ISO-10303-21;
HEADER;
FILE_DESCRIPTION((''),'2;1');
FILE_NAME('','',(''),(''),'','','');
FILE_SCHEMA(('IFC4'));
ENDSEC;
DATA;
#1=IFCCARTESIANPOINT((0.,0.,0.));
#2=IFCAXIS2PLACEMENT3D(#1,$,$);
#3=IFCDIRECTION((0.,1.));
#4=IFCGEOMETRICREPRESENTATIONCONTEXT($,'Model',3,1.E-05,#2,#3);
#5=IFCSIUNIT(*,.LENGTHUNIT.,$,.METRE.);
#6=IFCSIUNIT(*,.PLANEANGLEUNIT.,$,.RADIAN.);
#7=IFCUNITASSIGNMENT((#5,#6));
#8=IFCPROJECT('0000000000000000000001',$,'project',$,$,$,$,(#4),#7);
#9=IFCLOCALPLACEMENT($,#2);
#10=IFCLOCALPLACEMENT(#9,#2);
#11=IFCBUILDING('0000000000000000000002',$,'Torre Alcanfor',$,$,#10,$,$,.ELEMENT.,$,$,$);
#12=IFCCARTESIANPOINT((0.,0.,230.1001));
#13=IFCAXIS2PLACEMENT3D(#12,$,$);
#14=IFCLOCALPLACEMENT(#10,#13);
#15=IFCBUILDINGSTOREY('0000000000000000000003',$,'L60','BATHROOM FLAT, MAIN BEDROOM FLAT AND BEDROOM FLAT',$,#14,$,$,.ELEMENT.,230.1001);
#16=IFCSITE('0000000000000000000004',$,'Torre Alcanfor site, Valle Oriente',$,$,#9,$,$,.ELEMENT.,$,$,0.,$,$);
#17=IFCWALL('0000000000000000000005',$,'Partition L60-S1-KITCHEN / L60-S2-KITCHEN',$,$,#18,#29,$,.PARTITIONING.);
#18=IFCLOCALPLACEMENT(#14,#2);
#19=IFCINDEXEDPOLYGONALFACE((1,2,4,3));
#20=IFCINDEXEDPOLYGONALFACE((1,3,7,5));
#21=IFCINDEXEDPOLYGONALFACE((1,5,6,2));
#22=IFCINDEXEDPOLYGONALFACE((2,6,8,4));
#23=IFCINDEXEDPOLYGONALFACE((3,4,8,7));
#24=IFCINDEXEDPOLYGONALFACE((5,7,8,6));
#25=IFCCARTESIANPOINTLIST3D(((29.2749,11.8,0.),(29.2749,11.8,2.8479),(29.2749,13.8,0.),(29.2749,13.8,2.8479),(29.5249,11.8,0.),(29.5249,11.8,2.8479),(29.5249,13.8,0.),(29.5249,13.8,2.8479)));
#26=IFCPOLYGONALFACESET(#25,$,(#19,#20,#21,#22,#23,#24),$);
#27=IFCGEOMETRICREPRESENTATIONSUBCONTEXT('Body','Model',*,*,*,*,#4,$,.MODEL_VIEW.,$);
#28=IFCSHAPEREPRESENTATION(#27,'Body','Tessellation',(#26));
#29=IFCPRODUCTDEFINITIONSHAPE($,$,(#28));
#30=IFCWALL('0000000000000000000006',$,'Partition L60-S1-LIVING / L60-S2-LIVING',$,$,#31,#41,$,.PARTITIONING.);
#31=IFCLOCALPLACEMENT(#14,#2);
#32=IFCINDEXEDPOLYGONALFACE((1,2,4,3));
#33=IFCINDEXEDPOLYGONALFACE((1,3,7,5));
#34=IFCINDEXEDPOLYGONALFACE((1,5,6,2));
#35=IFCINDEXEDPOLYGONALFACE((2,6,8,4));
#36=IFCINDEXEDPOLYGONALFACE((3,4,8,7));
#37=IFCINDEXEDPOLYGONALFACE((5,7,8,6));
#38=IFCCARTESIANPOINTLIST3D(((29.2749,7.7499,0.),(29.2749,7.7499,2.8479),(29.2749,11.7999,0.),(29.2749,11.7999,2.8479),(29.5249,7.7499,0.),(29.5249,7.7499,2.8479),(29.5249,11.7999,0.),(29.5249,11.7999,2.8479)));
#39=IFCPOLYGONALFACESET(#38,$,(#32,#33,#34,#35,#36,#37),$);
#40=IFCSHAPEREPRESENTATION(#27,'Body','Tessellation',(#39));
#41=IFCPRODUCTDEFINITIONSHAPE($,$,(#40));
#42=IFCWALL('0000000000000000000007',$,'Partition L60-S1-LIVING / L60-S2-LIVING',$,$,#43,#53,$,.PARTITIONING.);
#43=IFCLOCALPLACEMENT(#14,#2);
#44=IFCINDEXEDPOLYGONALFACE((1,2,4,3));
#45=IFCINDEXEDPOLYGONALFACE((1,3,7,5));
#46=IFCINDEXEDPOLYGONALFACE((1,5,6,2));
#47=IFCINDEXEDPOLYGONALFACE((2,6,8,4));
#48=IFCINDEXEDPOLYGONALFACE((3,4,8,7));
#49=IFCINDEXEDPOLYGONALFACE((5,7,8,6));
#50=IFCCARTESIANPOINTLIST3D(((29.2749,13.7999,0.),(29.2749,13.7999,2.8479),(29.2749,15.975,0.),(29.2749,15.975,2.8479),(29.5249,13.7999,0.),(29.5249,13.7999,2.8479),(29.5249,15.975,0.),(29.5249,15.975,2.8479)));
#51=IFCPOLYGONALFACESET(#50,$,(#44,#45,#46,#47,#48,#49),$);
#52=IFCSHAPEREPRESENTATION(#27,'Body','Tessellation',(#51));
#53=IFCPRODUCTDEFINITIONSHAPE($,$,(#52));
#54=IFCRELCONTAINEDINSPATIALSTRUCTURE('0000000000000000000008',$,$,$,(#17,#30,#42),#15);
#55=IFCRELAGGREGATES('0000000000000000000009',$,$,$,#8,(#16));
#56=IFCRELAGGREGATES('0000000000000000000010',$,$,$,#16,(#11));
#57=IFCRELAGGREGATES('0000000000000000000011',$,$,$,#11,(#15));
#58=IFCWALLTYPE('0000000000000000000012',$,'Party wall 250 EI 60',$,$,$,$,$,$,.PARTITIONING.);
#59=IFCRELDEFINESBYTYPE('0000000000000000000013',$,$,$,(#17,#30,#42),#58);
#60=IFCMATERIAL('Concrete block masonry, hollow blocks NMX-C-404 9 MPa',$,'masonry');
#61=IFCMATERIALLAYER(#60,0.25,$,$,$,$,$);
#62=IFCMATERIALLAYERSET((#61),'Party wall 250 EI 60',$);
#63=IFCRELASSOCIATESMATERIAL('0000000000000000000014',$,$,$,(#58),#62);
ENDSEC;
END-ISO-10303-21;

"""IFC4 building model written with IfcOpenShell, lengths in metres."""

from ifc_helpers import new_model, si_unit, direction, frame, frame_2d, origin, place, context, subcontext, project, spatial, rectangle, extrude, material, layer, layer_set, type_object, element, save


model = new_model("IFC4")

# Units and contexts
model_context = context("Model", 3, precision=1e-05, world=origin(), true_north=direction((0.0, 1.0)))
body_context = subcontext(model_context, "Body", "Model", "MODEL_VIEW")
ifc_project = project(units=[si_unit("LENGTHUNIT", "METRE"), si_unit("PLANEANGLEUNIT", "RADIAN")], contexts=[model_context])

# Site, building, storey
site_placement = place(None, origin())
site = spatial("IfcSite", under=ifc_project, at=site_placement, Name="Torre Alcanfor site, Valle Oriente", CompositionType="ELEMENT", RefElevation=0.0)
building_placement = place(site_placement, origin())
building = spatial("IfcBuilding", under=site, at=building_placement, Name="Torre Alcanfor", CompositionType="ELEMENT")
storey_placement = place(building_placement, frame((0.0, 0.0, 230.1001)))
storey = spatial("IfcBuildingStorey", under=building, at=storey_placement, Name="L60", Description="BATHROOM FLAT, MAIN BEDROOM FLAT AND BEDROOM FLAT", CompositionType="ELEMENT", Elevation=230.1001)

# Walls
ifc_material_1 = material(Name="Concrete block masonry, hollow blocks NMX-C-404 9 MPa", Category="masonry")
ifc_layer_1 = layer(ifc_material_1, 0.25)
ifc_layer_set_1 = layer_set([ifc_layer_1], Name="Party wall 250 EI 60")
wall_type_1 = type_object("IfcWallType", Name="Party wall 250 EI 60", PredefinedType="PARTITIONING", material=ifc_layer_set_1)
wall_1_placement = place(storey_placement, frame((29.3999, 13.8, 0.0), z_axis=(0.0, 0.0, 1.0), x_axis=(0.0, -1.0, 0.0)))
element("IfcWall", 1, at=wall_1_placement, inside=storey, type_object=wall_type_1, Name="Partition L60-S1-KITCHEN / L60-S2-KITCHEN", PredefinedType="PARTITIONING", context=body_context, shape_type="SweptSolid", body=[
    extrude(rectangle(XDim=2.0, YDim=0.25, at=frame_2d((1.0, 0.0))), origin(), (0.0, 0.0, 1.0), 2.8479),
])
wall_2_placement = place(storey_placement, frame((29.3999, 7.75, 0.0), z_axis=(0.0, 0.0, 1.0), x_axis=(0.0, 1.0, 0.0)))
element("IfcWall", 2, at=wall_2_placement, inside=storey, type_object=wall_type_1, Name="Partition L60-S1-LIVING / L60-S2-LIVING", PredefinedType="PARTITIONING", context=body_context, shape_type="SweptSolid", body=[
    extrude(rectangle(XDim=4.05, YDim=0.25, at=frame_2d((2.0249, 0.0))), origin(), (0.0, 0.0, 1.0), 2.8479),
])
wall_3_placement = place(storey_placement, frame((29.3999, 13.8, 0.0), z_axis=(0.0, 0.0, 1.0), x_axis=(0.0, 1.0, 0.0)))
element("IfcWall", 3, at=wall_3_placement, inside=storey, type_object=wall_type_1, Name="Partition L60-S1-LIVING / L60-S2-LIVING", PredefinedType="PARTITIONING", context=body_context, shape_type="SweptSolid", body=[
    extrude(rectangle(XDim=2.175, YDim=0.25, at=frame_2d((1.0874, 0.0))), origin(), (0.0, 0.0, 1.0), 2.8479),
])

save(model, "model.ifc")
